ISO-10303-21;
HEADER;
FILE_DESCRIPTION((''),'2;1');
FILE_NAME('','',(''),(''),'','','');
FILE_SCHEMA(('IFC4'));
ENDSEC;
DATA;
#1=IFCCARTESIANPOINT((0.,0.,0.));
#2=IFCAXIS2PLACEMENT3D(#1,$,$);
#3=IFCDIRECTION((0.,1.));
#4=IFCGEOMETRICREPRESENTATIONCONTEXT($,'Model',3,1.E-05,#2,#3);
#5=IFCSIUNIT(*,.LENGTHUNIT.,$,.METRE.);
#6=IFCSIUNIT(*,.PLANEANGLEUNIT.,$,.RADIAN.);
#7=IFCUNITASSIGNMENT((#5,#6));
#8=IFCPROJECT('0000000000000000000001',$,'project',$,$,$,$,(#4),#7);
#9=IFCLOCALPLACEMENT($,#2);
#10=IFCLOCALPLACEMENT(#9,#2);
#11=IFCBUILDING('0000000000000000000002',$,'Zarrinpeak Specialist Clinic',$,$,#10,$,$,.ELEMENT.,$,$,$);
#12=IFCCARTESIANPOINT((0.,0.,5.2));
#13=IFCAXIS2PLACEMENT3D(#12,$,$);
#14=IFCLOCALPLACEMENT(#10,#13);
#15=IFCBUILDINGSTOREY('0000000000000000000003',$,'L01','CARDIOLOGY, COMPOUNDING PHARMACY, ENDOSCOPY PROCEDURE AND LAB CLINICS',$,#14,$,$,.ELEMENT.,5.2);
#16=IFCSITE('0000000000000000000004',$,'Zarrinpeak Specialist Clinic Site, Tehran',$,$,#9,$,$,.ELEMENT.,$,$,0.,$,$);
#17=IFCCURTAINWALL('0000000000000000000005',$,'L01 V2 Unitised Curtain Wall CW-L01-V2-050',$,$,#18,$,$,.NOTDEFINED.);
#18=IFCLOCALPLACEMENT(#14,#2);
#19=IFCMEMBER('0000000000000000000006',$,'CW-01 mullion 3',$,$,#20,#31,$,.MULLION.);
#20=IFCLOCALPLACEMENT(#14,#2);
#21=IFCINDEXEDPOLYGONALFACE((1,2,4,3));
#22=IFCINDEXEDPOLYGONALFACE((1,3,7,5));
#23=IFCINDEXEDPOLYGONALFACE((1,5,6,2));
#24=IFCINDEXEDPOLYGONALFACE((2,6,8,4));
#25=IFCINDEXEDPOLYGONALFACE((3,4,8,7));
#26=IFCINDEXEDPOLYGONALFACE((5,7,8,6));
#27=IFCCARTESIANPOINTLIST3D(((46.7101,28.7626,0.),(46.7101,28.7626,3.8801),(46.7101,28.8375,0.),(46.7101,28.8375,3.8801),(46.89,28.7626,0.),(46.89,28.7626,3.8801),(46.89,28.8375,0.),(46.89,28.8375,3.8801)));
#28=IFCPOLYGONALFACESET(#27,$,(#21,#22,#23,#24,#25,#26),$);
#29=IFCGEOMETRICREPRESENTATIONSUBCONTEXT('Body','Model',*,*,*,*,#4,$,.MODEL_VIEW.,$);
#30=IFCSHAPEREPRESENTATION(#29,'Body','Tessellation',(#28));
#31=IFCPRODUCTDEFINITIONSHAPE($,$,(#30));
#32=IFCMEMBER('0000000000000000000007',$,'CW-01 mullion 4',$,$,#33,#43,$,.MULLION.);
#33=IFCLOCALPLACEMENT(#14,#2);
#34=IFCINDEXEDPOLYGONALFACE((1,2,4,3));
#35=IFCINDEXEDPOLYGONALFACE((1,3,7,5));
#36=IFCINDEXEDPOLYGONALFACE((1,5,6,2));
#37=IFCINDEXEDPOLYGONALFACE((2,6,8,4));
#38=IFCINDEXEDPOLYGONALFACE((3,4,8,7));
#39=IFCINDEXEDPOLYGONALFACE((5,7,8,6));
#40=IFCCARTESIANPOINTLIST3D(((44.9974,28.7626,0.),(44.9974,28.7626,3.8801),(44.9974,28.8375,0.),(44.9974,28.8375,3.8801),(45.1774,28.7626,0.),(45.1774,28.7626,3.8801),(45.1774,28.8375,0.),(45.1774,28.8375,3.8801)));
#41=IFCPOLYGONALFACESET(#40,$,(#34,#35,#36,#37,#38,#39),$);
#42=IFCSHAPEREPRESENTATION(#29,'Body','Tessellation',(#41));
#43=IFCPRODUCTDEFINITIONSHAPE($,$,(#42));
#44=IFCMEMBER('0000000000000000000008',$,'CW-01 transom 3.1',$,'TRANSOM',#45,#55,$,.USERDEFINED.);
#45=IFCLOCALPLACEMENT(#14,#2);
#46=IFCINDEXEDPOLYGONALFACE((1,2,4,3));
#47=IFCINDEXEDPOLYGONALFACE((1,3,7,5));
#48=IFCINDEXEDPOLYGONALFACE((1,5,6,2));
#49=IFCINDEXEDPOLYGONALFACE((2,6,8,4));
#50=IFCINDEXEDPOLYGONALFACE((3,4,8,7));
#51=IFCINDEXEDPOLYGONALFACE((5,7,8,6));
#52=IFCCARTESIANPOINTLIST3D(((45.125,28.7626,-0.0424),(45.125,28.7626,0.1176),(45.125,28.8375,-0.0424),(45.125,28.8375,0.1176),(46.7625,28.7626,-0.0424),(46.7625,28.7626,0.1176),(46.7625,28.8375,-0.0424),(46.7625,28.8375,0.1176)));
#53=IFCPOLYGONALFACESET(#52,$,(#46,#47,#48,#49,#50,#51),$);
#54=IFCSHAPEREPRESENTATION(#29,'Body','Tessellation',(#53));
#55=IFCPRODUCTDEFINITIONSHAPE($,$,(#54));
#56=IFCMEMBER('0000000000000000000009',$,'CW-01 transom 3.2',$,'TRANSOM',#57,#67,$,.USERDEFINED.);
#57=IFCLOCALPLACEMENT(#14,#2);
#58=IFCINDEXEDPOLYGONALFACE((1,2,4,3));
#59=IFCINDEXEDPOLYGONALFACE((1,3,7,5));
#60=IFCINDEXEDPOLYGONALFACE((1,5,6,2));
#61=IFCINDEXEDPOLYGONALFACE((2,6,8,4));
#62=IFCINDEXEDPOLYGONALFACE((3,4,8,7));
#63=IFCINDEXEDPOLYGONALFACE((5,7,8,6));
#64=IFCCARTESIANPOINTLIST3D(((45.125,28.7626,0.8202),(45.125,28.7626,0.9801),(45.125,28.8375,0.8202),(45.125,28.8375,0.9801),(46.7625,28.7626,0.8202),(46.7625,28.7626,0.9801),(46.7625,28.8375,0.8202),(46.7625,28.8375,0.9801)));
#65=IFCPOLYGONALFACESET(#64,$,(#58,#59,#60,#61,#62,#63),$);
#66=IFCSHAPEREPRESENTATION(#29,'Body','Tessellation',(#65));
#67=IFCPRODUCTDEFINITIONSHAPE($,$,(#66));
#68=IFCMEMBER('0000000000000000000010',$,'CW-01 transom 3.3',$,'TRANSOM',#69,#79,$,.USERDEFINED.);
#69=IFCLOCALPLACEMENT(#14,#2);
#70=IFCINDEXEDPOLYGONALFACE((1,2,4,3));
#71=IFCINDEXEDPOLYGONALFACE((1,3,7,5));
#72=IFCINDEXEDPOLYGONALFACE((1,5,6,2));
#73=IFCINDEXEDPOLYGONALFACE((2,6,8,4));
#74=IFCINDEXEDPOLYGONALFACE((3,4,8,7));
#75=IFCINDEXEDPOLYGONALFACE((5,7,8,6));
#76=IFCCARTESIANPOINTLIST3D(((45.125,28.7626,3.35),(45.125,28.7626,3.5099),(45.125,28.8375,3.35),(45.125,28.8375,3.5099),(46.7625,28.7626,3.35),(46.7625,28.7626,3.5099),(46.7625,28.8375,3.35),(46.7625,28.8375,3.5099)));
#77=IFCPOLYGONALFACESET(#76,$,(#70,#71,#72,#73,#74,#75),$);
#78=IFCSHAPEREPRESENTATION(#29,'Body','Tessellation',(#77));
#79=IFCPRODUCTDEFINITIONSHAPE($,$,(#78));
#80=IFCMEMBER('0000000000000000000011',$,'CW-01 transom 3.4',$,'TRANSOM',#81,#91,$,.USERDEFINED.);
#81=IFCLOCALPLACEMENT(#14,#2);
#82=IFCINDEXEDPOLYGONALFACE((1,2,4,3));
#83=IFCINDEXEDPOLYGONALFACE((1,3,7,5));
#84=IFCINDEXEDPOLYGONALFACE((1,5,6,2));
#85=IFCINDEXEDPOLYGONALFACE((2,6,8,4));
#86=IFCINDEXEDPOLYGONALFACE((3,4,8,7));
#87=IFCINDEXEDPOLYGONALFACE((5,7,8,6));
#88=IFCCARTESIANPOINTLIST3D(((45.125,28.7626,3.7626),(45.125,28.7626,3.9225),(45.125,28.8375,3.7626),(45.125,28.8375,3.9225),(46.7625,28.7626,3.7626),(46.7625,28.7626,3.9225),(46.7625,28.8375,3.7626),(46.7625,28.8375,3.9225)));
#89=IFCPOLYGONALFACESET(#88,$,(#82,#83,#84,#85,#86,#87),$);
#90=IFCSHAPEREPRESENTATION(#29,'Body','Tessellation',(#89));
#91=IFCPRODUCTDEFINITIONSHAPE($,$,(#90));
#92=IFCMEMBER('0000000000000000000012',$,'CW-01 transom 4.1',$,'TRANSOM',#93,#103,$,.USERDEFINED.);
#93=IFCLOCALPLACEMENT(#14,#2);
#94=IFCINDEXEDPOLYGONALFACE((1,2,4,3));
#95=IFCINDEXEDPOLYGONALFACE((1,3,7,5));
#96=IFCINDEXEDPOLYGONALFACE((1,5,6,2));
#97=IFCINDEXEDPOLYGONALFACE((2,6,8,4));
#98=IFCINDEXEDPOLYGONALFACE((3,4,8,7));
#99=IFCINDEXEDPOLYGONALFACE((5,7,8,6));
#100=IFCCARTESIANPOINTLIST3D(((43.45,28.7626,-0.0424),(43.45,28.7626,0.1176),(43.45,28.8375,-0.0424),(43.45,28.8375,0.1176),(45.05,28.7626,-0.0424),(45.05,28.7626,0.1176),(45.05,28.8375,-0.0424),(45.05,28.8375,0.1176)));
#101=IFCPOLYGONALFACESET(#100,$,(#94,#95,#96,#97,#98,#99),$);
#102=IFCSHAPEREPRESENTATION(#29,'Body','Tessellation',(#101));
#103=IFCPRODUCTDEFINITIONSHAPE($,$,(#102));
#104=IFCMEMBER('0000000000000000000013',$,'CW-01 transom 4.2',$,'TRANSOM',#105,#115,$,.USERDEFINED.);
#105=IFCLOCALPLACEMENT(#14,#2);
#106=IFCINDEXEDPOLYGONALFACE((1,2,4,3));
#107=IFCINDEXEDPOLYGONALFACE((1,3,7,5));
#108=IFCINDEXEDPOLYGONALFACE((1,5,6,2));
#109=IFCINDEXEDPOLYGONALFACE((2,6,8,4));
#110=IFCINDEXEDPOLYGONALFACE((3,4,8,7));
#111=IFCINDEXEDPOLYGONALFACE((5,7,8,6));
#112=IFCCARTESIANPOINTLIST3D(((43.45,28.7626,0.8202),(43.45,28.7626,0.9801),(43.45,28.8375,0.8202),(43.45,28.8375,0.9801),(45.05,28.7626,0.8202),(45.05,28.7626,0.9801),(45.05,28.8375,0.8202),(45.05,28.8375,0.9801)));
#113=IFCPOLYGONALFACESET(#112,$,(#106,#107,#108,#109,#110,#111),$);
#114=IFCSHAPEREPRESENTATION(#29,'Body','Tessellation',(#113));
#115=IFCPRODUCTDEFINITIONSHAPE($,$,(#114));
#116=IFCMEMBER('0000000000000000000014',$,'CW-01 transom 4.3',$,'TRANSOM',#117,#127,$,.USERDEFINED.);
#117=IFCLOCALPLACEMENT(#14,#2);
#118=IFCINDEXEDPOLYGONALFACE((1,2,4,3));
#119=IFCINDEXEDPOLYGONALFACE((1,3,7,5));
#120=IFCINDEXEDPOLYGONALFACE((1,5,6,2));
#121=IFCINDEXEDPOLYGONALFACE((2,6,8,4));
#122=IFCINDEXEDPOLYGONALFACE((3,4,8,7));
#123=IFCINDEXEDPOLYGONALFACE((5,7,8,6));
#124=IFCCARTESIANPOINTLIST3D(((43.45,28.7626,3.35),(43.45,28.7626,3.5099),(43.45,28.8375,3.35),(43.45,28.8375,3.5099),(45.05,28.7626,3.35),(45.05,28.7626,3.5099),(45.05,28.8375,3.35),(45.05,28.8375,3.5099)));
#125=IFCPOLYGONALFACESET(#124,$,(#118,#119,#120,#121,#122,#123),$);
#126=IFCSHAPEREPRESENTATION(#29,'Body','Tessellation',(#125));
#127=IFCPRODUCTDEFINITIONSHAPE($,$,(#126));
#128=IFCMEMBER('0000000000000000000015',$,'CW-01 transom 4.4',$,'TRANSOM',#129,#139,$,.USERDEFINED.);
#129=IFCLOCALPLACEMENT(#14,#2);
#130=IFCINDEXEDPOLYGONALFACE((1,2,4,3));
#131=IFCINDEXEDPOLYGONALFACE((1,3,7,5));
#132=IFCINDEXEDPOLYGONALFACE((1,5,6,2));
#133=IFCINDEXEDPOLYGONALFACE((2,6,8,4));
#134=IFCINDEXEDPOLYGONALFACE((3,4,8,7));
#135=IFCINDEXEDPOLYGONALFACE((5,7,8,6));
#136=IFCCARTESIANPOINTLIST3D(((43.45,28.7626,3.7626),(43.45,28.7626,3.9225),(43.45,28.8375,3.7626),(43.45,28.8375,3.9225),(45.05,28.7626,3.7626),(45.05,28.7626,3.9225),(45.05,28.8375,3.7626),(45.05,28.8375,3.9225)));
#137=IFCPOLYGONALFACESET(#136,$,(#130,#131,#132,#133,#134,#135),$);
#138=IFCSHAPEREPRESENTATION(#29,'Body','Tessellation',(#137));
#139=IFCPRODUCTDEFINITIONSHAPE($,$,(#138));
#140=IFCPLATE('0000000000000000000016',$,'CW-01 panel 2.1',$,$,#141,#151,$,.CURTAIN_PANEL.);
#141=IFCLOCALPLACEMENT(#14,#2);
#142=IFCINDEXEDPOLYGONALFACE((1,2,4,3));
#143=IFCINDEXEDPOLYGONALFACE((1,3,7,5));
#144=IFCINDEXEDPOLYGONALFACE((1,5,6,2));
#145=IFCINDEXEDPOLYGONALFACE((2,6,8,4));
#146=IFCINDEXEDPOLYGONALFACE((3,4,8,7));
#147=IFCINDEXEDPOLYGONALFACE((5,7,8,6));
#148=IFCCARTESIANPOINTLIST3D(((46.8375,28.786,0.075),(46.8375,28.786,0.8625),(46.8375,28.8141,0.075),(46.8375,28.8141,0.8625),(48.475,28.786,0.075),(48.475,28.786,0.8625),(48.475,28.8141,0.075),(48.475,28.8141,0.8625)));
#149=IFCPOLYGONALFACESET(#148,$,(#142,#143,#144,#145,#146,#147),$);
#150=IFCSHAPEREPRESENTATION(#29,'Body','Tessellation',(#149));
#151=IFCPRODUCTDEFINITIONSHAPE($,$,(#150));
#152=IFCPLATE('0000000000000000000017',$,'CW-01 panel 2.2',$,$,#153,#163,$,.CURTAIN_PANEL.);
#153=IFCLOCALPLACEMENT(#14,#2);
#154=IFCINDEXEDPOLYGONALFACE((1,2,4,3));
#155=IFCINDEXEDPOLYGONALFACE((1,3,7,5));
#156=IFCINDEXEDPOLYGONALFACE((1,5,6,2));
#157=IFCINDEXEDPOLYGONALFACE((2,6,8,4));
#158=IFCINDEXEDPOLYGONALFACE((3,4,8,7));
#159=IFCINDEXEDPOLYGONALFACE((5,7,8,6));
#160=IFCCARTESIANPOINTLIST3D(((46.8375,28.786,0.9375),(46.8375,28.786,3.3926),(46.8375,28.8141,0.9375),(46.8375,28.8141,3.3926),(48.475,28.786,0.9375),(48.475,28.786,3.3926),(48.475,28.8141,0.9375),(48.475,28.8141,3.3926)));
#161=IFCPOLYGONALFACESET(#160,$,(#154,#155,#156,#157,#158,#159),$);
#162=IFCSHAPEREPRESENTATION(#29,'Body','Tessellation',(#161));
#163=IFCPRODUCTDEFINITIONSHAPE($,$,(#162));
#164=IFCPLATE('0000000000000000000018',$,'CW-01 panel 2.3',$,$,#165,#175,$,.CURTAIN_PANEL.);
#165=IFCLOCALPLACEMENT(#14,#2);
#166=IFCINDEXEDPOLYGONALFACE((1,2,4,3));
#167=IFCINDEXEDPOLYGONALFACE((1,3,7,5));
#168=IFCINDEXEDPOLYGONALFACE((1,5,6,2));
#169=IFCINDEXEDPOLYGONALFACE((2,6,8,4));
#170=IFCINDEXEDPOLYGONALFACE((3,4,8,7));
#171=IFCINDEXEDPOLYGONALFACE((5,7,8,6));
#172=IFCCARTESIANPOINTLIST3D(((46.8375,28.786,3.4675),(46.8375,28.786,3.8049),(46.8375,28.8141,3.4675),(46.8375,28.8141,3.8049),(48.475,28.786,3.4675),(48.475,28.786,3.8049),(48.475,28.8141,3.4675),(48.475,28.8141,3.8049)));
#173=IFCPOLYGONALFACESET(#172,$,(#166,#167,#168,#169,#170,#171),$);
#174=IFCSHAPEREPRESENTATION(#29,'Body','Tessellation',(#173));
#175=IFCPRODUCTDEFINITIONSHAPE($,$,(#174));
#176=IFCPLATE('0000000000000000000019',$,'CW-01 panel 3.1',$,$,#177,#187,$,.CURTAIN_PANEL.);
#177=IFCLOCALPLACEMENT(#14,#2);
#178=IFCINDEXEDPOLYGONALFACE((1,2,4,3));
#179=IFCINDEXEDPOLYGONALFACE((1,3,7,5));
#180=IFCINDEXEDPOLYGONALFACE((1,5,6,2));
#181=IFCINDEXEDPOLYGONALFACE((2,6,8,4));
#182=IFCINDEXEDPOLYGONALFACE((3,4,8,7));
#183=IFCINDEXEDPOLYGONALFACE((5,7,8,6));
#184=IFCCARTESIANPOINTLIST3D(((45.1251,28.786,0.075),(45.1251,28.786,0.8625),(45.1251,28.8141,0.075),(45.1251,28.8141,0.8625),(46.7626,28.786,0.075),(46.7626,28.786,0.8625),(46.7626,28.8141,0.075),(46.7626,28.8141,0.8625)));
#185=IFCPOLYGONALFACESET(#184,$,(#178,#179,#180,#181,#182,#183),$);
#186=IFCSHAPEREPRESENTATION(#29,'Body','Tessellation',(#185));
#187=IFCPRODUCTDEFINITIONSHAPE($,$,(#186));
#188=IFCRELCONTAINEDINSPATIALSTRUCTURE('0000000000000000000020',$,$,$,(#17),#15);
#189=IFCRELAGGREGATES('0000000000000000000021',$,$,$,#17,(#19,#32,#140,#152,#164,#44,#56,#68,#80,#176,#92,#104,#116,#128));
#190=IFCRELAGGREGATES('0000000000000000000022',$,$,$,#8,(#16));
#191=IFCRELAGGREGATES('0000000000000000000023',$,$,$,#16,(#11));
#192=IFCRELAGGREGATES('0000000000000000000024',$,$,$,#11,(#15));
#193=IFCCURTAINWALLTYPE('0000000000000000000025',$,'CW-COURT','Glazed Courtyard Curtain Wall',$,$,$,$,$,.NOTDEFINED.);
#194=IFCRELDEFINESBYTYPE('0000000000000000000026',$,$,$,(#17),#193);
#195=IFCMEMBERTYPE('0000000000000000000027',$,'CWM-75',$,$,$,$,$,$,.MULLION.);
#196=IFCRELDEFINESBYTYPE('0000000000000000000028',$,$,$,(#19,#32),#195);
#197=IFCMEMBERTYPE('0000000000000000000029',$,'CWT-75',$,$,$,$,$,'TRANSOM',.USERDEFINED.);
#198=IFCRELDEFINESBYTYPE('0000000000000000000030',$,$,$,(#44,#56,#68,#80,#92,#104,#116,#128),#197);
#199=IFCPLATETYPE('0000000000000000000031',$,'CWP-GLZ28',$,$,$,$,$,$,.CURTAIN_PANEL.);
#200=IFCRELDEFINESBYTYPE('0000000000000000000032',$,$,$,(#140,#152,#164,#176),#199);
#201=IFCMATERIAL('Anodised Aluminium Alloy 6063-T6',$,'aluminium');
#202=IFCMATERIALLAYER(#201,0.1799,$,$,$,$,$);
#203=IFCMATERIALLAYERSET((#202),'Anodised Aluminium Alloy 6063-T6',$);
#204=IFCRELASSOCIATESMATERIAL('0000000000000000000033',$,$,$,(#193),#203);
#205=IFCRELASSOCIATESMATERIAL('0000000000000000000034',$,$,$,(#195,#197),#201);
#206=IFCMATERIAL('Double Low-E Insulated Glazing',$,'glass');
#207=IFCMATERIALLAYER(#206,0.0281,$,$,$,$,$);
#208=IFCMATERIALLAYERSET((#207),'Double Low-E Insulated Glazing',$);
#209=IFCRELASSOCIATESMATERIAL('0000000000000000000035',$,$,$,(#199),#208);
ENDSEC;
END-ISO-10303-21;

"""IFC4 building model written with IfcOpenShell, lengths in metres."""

from ifc_helpers import new_model, si_unit, direction, frame, origin, origin_2d, place, context, subcontext, project, spatial, rectangle, extrude, material, layer, layer_set, material_profile, profile_set, type_object, element, aggregate, save


model = new_model("IFC4")

# Units and contexts
model_context = context("Model", 3, precision=1e-05, world=origin(), true_north=direction((0.0, 1.0)))
body_context = subcontext(model_context, "Body", "Model", "MODEL_VIEW")
ifc_project = project(units=[si_unit("LENGTHUNIT", "METRE"), si_unit("PLANEANGLEUNIT", "RADIAN")], contexts=[model_context])

# Site, building, storey
site_placement = place(None, origin())
site = spatial("IfcSite", under=ifc_project, at=site_placement, Name="Zarrinpeak Specialist Clinic Site, Tehran", CompositionType="ELEMENT", RefElevation=0.0)
building_placement = place(site_placement, origin())
building = spatial("IfcBuilding", under=site, at=building_placement, Name="Zarrinpeak Specialist Clinic", CompositionType="ELEMENT")
storey_placement = place(building_placement, frame((0.0, 0.0, 5.2)))
storey = spatial("IfcBuildingStorey", under=building, at=storey_placement, Name="L01", Description="CARDIOLOGY, COMPOUNDING PHARMACY, ENDOSCOPY PROCEDURE AND LAB CLINICS", CompositionType="ELEMENT", Elevation=5.2)

# Curtain wall, members, plates
ifc_material_1 = material(Name="Anodised Aluminium Alloy 6063-T6", Category="aluminium")
ifc_layer_1 = layer(ifc_material_1, 0.1799)
ifc_layer_set_1 = layer_set([ifc_layer_1], Name="Anodised Aluminium Alloy 6063-T6")
curtain_wall_type = type_object("IfcCurtainWallType", Name="CW-COURT", Description="Glazed Courtyard Curtain Wall", PredefinedType="NOTDEFINED", material=ifc_layer_set_1)
curtain_wall_placement = place(storey_placement, origin())
curtain_wall = element("IfcCurtainWall", 1, at=curtain_wall_placement, inside=storey, type_object=curtain_wall_type, Name="L01 V2 Unitised Curtain Wall CW-L01-V2-050", PredefinedType="NOTDEFINED")
ifc_material_profile_1 = material_profile(ifc_material_1, rectangle(XDim=0.075, YDim=0.1799, at=origin_2d()), Name="ALU 75x180")
ifc_profile_set_1 = profile_set([ifc_material_profile_1], Name="Anodised Aluminium Alloy 6063-T6")
member_type_1 = type_object("IfcMemberType", Name="CWM-75", PredefinedType="MULLION", material=ifc_profile_set_1)
member_1_placement = place(storey_placement, frame((46.8, 28.8, 0.0), z_axis=(0.0, 0.0, 1.0), x_axis=(0.0, -1.0, 0.0)))
member_1 = element("IfcMember", 2, at=member_1_placement, type_object=member_type_1, Name="CW-01 mullion 3", PredefinedType="MULLION", context=body_context, shape_type="SweptSolid", body=[
    extrude(rectangle(XDim=0.075, YDim=0.1799, at=origin_2d()), origin(), (0.0, 0.0, 1.0), 3.8801),
])
member_2_placement = place(storey_placement, frame((45.0874, 28.8, 0.0), z_axis=(0.0, 0.0, 1.0), x_axis=(0.0, -1.0, 0.0)))
member_2 = element("IfcMember", 3, at=member_2_placement, type_object=member_type_1, Name="CW-01 mullion 4", PredefinedType="MULLION", context=body_context, shape_type="SweptSolid", body=[
    extrude(rectangle(XDim=0.075, YDim=0.1799, at=origin_2d()), origin(), (0.0, 0.0, 1.0), 3.8801),
])
ifc_material_profile_2 = material_profile(ifc_material_1, rectangle(XDim=0.075, YDim=0.1599, at=origin_2d()), Name="ALU 75x160")
ifc_profile_set_2 = profile_set([ifc_material_profile_2], Name="Anodised Aluminium Alloy 6063-T6")
member_type_2 = type_object("IfcMemberType", Name="CWT-75", ElementType="TRANSOM", PredefinedType="USERDEFINED", material=ifc_profile_set_2)
member_3_placement = place(storey_placement, frame((46.7625, 28.8, 0.0376), z_axis=(-1.0, 0.0, 0.0), x_axis=(0.0, -1.0, 0.0)))
member_3 = element("IfcMember", 4, at=member_3_placement, type_object=member_type_2, Name="CW-01 transom 3.1", ObjectType="TRANSOM", PredefinedType="USERDEFINED", context=body_context, shape_type="SweptSolid", body=[
    extrude(rectangle(XDim=0.075, YDim=0.1599, at=origin_2d()), origin(), (0.0, 0.0, 1.0), 1.6375),
])
member_4_placement = place(storey_placement, frame((46.7625, 28.8, 0.9001), z_axis=(-1.0, 0.0, 0.0), x_axis=(0.0, -1.0, 0.0)))
member_4 = element("IfcMember", 5, at=member_4_placement, type_object=member_type_2, Name="CW-01 transom 3.2", ObjectType="TRANSOM", PredefinedType="USERDEFINED", context=body_context, shape_type="SweptSolid", body=[
    extrude(rectangle(XDim=0.075, YDim=0.1599, at=origin_2d()), origin(), (0.0, 0.0, 1.0), 1.6375),
])
member_5_placement = place(storey_placement, frame((46.7625, 28.8, 3.4299), z_axis=(-1.0, 0.0, 0.0), x_axis=(0.0, -1.0, 0.0)))
member_5 = element("IfcMember", 6, at=member_5_placement, type_object=member_type_2, Name="CW-01 transom 3.3", ObjectType="TRANSOM", PredefinedType="USERDEFINED", context=body_context, shape_type="SweptSolid", body=[
    extrude(rectangle(XDim=0.075, YDim=0.1599, at=origin_2d()), origin(), (0.0, 0.0, 1.0), 1.6375),
])
member_6_placement = place(storey_placement, frame((46.7625, 28.8, 3.8425), z_axis=(-1.0, 0.0, 0.0), x_axis=(0.0, -1.0, 0.0)))
member_6 = element("IfcMember", 7, at=member_6_placement, type_object=member_type_2, Name="CW-01 transom 3.4", ObjectType="TRANSOM", PredefinedType="USERDEFINED", context=body_context, shape_type="SweptSolid", body=[
    extrude(rectangle(XDim=0.075, YDim=0.1599, at=origin_2d()), origin(), (0.0, 0.0, 1.0), 1.6375),
])
member_7_placement = place(storey_placement, frame((45.05, 28.8, 0.0376), z_axis=(-1.0, 0.0, 0.0), x_axis=(0.0, -1.0, 0.0)))
member_7 = element("IfcMember", 8, at=member_7_placement, type_object=member_type_2, Name="CW-01 transom 4.1", ObjectType="TRANSOM", PredefinedType="USERDEFINED", context=body_context, shape_type="SweptSolid", body=[
    extrude(rectangle(XDim=0.075, YDim=0.1599, at=origin_2d()), origin(), (0.0, 0.0, 1.0), 1.6001),
])
member_8_placement = place(storey_placement, frame((45.05, 28.8, 0.9001), z_axis=(-1.0, 0.0, 0.0), x_axis=(0.0, -1.0, 0.0)))
member_8 = element("IfcMember", 9, at=member_8_placement, type_object=member_type_2, Name="CW-01 transom 4.2", ObjectType="TRANSOM", PredefinedType="USERDEFINED", context=body_context, shape_type="SweptSolid", body=[
    extrude(rectangle(XDim=0.075, YDim=0.1599, at=origin_2d()), origin(), (0.0, 0.0, 1.0), 1.6001),
])
member_9_placement = place(storey_placement, frame((45.05, 28.8, 3.4299), z_axis=(-1.0, 0.0, 0.0), x_axis=(0.0, -1.0, 0.0)))
member_9 = element("IfcMember", 10, at=member_9_placement, type_object=member_type_2, Name="CW-01 transom 4.3", ObjectType="TRANSOM", PredefinedType="USERDEFINED", context=body_context, shape_type="SweptSolid", body=[
    extrude(rectangle(XDim=0.075, YDim=0.1599, at=origin_2d()), origin(), (0.0, 0.0, 1.0), 1.6001),
])
member_10_placement = place(storey_placement, frame((45.05, 28.8, 3.8425), z_axis=(-1.0, 0.0, 0.0), x_axis=(0.0, -1.0, 0.0)))
member_10 = element("IfcMember", 11, at=member_10_placement, type_object=member_type_2, Name="CW-01 transom 4.4", ObjectType="TRANSOM", PredefinedType="USERDEFINED", context=body_context, shape_type="SweptSolid", body=[
    extrude(rectangle(XDim=0.075, YDim=0.1599, at=origin_2d()), origin(), (0.0, 0.0, 1.0), 1.6001),
])
ifc_material_2 = material(Name="Double Low-E Insulated Glazing", Category="glass")
ifc_layer_2 = layer(ifc_material_2, 0.0281)
ifc_layer_set_2 = layer_set([ifc_layer_2], Name="Double Low-E Insulated Glazing")
plate_type = type_object("IfcPlateType", Name="CWP-GLZ28", PredefinedType="CURTAIN_PANEL", material=ifc_layer_set_2)
plate_1_placement = place(storey_placement, frame((47.6562, 28.8, 0.075), z_axis=(0.0, 0.0, 1.0), x_axis=(-1.0, 0.0, 0.0)))
plate_1 = element("IfcPlate", 12, at=plate_1_placement, type_object=plate_type, Name="CW-01 panel 2.1", PredefinedType="CURTAIN_PANEL", context=body_context, shape_type="SweptSolid", body=[
    extrude(rectangle(XDim=1.6375, YDim=0.0281, at=origin_2d()), origin(), (0.0, 0.0, 1.0), 0.7876),
])
plate_2_placement = place(storey_placement, frame((47.6562, 28.8, 0.9375), z_axis=(0.0, 0.0, 1.0), x_axis=(-1.0, 0.0, 0.0)))
plate_2 = element("IfcPlate", 13, at=plate_2_placement, type_object=plate_type, Name="CW-01 panel 2.2", PredefinedType="CURTAIN_PANEL", context=body_context, shape_type="SweptSolid", body=[
    extrude(rectangle(XDim=1.6375, YDim=0.0281, at=origin_2d()), origin(), (0.0, 0.0, 1.0), 2.4551),
])
plate_3_placement = place(storey_placement, frame((47.6562, 28.8, 3.4675), z_axis=(0.0, 0.0, 1.0), x_axis=(-1.0, 0.0, 0.0)))
plate_3 = element("IfcPlate", 14, at=plate_3_placement, type_object=plate_type, Name="CW-01 panel 2.3", PredefinedType="CURTAIN_PANEL", context=body_context, shape_type="SweptSolid", body=[
    extrude(rectangle(XDim=1.6375, YDim=0.0281, at=origin_2d()), origin(), (0.0, 0.0, 1.0), 0.3374),
])
plate_4_placement = place(storey_placement, frame((45.9438, 28.8, 0.075), z_axis=(0.0, 0.0, 1.0), x_axis=(-1.0, 0.0, 0.0)))
plate_4 = element("IfcPlate", 15, at=plate_4_placement, type_object=plate_type, Name="CW-01 panel 3.1", PredefinedType="CURTAIN_PANEL", context=body_context, shape_type="SweptSolid", body=[
    extrude(rectangle(XDim=1.6375, YDim=0.0281, at=origin_2d()), origin(), (0.0, 0.0, 1.0), 0.7876),
])
aggregate(curtain_wall, [member_1, member_2, plate_1, plate_2, plate_3, member_3, member_4, member_5, member_6, plate_4, member_7, member_8, member_9, member_10])

save(model, "model.ifc")
